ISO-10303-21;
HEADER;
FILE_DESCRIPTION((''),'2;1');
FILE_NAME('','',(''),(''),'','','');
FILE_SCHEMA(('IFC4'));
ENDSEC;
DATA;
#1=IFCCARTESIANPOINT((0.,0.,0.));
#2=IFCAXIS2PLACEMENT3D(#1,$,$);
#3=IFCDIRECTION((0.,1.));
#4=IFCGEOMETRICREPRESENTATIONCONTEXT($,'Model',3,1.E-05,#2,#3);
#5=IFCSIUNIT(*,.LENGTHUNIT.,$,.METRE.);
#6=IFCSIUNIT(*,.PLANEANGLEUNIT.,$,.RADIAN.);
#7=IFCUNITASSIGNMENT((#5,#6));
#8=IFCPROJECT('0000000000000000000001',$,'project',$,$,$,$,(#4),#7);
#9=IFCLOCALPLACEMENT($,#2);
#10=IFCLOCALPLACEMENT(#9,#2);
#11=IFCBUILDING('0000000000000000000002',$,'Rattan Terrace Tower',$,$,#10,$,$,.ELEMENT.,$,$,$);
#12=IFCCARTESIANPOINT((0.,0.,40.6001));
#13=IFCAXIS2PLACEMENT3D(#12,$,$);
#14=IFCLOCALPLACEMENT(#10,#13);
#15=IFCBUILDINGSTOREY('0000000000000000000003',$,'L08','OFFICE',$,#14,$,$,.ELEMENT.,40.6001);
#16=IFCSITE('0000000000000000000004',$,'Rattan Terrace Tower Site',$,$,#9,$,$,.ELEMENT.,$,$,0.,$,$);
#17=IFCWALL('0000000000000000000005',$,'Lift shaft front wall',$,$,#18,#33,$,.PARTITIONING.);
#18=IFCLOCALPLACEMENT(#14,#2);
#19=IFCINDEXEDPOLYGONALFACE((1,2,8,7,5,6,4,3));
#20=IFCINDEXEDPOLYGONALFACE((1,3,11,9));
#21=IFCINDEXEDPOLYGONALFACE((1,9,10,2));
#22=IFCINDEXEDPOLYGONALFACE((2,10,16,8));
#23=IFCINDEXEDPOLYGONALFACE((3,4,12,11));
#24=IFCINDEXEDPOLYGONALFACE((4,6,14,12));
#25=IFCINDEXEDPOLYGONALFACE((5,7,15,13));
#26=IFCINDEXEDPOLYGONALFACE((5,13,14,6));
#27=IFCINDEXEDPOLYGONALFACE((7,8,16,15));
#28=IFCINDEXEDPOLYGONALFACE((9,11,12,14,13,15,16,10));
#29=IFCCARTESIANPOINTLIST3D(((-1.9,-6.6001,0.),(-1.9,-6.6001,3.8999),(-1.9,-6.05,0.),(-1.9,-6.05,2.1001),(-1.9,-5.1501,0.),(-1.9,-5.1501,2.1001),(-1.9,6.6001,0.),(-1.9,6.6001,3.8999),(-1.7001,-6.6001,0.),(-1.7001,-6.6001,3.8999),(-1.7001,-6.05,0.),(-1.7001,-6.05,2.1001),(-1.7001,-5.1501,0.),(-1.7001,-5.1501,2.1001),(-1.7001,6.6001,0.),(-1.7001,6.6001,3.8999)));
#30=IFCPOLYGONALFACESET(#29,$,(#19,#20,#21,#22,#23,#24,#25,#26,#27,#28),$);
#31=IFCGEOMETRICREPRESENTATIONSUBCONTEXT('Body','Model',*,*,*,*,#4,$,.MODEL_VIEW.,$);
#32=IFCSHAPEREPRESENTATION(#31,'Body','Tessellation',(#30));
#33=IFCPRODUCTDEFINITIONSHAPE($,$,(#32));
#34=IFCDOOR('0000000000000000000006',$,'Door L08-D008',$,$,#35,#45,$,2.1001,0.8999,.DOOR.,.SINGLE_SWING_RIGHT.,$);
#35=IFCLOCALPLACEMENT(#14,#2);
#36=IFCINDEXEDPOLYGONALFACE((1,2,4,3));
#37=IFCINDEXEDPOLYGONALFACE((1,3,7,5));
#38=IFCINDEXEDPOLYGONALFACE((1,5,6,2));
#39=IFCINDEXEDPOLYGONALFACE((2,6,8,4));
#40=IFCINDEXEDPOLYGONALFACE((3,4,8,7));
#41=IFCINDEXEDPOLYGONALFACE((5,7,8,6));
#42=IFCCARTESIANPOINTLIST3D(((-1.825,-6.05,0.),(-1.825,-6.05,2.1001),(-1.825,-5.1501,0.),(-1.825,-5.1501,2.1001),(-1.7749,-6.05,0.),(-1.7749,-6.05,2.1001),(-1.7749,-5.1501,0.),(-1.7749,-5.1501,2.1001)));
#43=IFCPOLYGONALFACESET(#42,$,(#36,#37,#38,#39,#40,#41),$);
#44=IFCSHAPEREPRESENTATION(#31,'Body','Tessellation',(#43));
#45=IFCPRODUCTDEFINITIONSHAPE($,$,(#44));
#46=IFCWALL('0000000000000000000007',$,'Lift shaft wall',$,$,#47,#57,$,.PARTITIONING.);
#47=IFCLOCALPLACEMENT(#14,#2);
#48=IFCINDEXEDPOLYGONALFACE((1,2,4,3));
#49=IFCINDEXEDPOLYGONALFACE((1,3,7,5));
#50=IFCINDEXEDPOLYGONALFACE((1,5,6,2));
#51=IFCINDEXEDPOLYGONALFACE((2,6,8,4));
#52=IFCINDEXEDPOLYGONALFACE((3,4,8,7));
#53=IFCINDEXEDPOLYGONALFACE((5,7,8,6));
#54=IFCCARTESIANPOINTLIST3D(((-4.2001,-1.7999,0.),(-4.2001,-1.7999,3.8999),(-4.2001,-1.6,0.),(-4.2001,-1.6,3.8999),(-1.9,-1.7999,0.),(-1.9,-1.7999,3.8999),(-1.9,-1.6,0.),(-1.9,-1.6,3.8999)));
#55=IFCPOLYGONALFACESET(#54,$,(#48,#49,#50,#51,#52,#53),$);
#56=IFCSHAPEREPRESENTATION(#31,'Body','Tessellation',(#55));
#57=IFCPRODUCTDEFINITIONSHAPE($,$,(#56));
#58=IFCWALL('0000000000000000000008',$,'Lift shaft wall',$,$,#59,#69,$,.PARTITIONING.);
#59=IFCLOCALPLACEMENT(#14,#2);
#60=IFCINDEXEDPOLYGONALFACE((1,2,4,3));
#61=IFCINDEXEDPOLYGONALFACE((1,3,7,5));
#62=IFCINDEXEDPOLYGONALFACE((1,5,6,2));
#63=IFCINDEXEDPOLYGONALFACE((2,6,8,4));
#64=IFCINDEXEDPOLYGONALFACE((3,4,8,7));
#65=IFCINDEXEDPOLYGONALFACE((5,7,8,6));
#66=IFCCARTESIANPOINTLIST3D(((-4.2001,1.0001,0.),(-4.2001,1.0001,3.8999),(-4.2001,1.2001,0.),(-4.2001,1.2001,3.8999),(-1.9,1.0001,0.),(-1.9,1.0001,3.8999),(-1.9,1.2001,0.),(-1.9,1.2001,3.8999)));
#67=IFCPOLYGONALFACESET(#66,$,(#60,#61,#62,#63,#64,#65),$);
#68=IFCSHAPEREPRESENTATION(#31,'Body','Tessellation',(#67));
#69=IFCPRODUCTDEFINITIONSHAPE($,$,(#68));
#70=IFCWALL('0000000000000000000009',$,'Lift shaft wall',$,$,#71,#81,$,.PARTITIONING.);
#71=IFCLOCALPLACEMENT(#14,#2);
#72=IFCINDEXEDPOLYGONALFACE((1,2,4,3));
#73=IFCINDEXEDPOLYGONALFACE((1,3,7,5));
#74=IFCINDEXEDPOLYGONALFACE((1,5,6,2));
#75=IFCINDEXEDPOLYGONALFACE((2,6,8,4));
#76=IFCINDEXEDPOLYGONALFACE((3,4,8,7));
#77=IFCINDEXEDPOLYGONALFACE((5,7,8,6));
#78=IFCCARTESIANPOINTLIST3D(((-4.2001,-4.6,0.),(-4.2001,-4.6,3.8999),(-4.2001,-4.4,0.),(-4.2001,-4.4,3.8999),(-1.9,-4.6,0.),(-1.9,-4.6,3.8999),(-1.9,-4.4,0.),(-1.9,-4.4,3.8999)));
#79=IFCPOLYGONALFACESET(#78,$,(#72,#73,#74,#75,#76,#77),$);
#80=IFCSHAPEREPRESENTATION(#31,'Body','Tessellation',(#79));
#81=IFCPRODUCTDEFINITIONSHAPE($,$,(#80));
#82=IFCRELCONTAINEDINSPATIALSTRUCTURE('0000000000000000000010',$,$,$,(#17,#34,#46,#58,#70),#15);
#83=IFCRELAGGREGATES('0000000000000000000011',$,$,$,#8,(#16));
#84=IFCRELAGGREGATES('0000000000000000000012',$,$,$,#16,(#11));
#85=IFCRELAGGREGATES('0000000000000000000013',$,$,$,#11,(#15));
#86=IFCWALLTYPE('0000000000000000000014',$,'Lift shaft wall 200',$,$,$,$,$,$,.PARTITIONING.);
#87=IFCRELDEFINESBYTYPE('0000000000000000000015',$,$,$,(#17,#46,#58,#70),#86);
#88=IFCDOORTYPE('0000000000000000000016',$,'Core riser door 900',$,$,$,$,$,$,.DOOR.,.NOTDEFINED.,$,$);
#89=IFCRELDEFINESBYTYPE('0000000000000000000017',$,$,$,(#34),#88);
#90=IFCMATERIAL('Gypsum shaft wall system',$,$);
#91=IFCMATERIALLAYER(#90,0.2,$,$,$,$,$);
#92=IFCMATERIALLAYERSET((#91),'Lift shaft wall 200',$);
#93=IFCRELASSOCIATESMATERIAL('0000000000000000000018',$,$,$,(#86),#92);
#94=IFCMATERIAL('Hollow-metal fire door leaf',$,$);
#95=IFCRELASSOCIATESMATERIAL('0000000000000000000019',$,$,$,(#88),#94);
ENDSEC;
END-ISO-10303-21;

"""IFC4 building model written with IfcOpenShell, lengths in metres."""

from ifc_helpers import new_model, si_unit, direction, frame, frame_2d, origin, place, context, subcontext, project, spatial, rectangle, extrude, material, layer, layer_set, type_object, element, fill, save


model = new_model("IFC4")

# Units and contexts
model_context = context("Model", 3, precision=1e-05, world=origin(), true_north=direction((0.0, 1.0)))
body_context = subcontext(model_context, "Body", "Model", "MODEL_VIEW")
ifc_project = project(units=[si_unit("LENGTHUNIT", "METRE"), si_unit("PLANEANGLEUNIT", "RADIAN")], contexts=[model_context])

# Site, building, storey
site_placement = place(None, origin())
site = spatial("IfcSite", under=ifc_project, at=site_placement, Name="Rattan Terrace Tower Site", CompositionType="ELEMENT", RefElevation=0.0)
building_placement = place(site_placement, origin())
building = spatial("IfcBuilding", under=site, at=building_placement, Name="Rattan Terrace Tower", CompositionType="ELEMENT")
storey_placement = place(building_placement, frame((0.0, 0.0, 40.6001)))
storey = spatial("IfcBuildingStorey", under=building, at=storey_placement, Name="L08", Description="OFFICE", CompositionType="ELEMENT", Elevation=40.6001)

# Shared definitions
ifc_material_1 = material(Name="Gypsum shaft wall system")
ifc_layer_1 = layer(ifc_material_1, 0.2)
ifc_layer_set_1 = layer_set([ifc_layer_1], Name="Lift shaft wall 200")
wall_type_1 = type_object("IfcWallType", Name="Lift shaft wall 200", PredefinedType="PARTITIONING", material=ifc_layer_set_1)
ifc_material_2 = material(Name="Hollow-metal fire door leaf")
door_type_1 = type_object("IfcDoorType", Name="Core riser door 900", OperationType="NOTDEFINED", PredefinedType="DOOR", material=ifc_material_2)

# Wall, opening, door
wall_1_placement = place(storey_placement, frame((-1.8, -6.6001, 0.0), z_axis=(0.0, 0.0, 1.0), x_axis=(0.0, 1.0, 0.0)))
wall_1 = element("IfcWall", 1, at=wall_1_placement, inside=storey, type_object=wall_type_1, Name="Lift shaft front wall", PredefinedType="PARTITIONING", context=body_context, shape_type="SweptSolid", body=[
    extrude(rectangle(XDim=13.2002, YDim=0.2, at=frame_2d((6.6001, 0.0))), origin(), (0.0, 0.0, 1.0), 3.8999),
])
opening_1_placement = place(wall_1_placement, frame((0.55, 0.0, 0.0)))
opening_1 = element("IfcOpeningElement", 2, at=opening_1_placement, cuts=wall_1, PredefinedType="OPENING", context=body_context, shape_type="SweptSolid", body=[
    extrude(rectangle(XDim=0.8999, YDim=2.1001, at=frame_2d((0.45, 1.05))), frame((0.0, 0.1106, 0.0), z_axis=(0.0, -1.0, 0.0), x_axis=(1.0, 0.0, 0.0)), (0.0, 0.0, 1.0), 0.2209),
])
door_1_placement = place(opening_1_placement, origin())
door_1 = element("IfcDoor", 3, at=door_1_placement, inside=storey, type_object=door_type_1, Name="Door L08-D008", OperationType="SINGLE_SWING_RIGHT", OverallHeight=2.1001, OverallWidth=0.8999, PredefinedType="DOOR", context=body_context, shape_type="SweptSolid", body=[
    extrude(rectangle(XDim=0.8999, YDim=2.1001, at=frame_2d((0.45, 1.05))), frame((0.0, 0.0249, 0.0), z_axis=(0.0, -1.0, 0.0), x_axis=(1.0, 0.0, 0.0)), (0.0, 0.0, 1.0), 0.05),
])
fill(opening_1, door_1)

# Walls
for number, where, z_axis, x_axis, name in (
    (4, (-4.2, -1.7, 0.0), (0.0, 0.0, 1.0), (1.0, 0.0, 0.0), "Lift shaft wall"),
    (5, (-4.2, 1.1001, 0.0), (0.0, 0.0, 1.0), (1.0, 0.0, 0.0), "Lift shaft wall"),
    (6, (-4.2, -4.5, 0.0), (0.0, 0.0, 1.0), (1.0, 0.0, 0.0), "Lift shaft wall"),
):
    element("IfcWall", number, at=place(storey_placement, frame(where, z_axis=z_axis, x_axis=x_axis)), inside=storey, type_object=wall_type_1, Name=name, PredefinedType="PARTITIONING", context=body_context, shape_type="SweptSolid", body=[
        extrude(rectangle(XDim=2.3, YDim=0.2, at=frame_2d((1.1499, 0.0))), origin(), (0.0, 0.0, 1.0), 3.8999),
    ])

save(model, "model.ifc")
